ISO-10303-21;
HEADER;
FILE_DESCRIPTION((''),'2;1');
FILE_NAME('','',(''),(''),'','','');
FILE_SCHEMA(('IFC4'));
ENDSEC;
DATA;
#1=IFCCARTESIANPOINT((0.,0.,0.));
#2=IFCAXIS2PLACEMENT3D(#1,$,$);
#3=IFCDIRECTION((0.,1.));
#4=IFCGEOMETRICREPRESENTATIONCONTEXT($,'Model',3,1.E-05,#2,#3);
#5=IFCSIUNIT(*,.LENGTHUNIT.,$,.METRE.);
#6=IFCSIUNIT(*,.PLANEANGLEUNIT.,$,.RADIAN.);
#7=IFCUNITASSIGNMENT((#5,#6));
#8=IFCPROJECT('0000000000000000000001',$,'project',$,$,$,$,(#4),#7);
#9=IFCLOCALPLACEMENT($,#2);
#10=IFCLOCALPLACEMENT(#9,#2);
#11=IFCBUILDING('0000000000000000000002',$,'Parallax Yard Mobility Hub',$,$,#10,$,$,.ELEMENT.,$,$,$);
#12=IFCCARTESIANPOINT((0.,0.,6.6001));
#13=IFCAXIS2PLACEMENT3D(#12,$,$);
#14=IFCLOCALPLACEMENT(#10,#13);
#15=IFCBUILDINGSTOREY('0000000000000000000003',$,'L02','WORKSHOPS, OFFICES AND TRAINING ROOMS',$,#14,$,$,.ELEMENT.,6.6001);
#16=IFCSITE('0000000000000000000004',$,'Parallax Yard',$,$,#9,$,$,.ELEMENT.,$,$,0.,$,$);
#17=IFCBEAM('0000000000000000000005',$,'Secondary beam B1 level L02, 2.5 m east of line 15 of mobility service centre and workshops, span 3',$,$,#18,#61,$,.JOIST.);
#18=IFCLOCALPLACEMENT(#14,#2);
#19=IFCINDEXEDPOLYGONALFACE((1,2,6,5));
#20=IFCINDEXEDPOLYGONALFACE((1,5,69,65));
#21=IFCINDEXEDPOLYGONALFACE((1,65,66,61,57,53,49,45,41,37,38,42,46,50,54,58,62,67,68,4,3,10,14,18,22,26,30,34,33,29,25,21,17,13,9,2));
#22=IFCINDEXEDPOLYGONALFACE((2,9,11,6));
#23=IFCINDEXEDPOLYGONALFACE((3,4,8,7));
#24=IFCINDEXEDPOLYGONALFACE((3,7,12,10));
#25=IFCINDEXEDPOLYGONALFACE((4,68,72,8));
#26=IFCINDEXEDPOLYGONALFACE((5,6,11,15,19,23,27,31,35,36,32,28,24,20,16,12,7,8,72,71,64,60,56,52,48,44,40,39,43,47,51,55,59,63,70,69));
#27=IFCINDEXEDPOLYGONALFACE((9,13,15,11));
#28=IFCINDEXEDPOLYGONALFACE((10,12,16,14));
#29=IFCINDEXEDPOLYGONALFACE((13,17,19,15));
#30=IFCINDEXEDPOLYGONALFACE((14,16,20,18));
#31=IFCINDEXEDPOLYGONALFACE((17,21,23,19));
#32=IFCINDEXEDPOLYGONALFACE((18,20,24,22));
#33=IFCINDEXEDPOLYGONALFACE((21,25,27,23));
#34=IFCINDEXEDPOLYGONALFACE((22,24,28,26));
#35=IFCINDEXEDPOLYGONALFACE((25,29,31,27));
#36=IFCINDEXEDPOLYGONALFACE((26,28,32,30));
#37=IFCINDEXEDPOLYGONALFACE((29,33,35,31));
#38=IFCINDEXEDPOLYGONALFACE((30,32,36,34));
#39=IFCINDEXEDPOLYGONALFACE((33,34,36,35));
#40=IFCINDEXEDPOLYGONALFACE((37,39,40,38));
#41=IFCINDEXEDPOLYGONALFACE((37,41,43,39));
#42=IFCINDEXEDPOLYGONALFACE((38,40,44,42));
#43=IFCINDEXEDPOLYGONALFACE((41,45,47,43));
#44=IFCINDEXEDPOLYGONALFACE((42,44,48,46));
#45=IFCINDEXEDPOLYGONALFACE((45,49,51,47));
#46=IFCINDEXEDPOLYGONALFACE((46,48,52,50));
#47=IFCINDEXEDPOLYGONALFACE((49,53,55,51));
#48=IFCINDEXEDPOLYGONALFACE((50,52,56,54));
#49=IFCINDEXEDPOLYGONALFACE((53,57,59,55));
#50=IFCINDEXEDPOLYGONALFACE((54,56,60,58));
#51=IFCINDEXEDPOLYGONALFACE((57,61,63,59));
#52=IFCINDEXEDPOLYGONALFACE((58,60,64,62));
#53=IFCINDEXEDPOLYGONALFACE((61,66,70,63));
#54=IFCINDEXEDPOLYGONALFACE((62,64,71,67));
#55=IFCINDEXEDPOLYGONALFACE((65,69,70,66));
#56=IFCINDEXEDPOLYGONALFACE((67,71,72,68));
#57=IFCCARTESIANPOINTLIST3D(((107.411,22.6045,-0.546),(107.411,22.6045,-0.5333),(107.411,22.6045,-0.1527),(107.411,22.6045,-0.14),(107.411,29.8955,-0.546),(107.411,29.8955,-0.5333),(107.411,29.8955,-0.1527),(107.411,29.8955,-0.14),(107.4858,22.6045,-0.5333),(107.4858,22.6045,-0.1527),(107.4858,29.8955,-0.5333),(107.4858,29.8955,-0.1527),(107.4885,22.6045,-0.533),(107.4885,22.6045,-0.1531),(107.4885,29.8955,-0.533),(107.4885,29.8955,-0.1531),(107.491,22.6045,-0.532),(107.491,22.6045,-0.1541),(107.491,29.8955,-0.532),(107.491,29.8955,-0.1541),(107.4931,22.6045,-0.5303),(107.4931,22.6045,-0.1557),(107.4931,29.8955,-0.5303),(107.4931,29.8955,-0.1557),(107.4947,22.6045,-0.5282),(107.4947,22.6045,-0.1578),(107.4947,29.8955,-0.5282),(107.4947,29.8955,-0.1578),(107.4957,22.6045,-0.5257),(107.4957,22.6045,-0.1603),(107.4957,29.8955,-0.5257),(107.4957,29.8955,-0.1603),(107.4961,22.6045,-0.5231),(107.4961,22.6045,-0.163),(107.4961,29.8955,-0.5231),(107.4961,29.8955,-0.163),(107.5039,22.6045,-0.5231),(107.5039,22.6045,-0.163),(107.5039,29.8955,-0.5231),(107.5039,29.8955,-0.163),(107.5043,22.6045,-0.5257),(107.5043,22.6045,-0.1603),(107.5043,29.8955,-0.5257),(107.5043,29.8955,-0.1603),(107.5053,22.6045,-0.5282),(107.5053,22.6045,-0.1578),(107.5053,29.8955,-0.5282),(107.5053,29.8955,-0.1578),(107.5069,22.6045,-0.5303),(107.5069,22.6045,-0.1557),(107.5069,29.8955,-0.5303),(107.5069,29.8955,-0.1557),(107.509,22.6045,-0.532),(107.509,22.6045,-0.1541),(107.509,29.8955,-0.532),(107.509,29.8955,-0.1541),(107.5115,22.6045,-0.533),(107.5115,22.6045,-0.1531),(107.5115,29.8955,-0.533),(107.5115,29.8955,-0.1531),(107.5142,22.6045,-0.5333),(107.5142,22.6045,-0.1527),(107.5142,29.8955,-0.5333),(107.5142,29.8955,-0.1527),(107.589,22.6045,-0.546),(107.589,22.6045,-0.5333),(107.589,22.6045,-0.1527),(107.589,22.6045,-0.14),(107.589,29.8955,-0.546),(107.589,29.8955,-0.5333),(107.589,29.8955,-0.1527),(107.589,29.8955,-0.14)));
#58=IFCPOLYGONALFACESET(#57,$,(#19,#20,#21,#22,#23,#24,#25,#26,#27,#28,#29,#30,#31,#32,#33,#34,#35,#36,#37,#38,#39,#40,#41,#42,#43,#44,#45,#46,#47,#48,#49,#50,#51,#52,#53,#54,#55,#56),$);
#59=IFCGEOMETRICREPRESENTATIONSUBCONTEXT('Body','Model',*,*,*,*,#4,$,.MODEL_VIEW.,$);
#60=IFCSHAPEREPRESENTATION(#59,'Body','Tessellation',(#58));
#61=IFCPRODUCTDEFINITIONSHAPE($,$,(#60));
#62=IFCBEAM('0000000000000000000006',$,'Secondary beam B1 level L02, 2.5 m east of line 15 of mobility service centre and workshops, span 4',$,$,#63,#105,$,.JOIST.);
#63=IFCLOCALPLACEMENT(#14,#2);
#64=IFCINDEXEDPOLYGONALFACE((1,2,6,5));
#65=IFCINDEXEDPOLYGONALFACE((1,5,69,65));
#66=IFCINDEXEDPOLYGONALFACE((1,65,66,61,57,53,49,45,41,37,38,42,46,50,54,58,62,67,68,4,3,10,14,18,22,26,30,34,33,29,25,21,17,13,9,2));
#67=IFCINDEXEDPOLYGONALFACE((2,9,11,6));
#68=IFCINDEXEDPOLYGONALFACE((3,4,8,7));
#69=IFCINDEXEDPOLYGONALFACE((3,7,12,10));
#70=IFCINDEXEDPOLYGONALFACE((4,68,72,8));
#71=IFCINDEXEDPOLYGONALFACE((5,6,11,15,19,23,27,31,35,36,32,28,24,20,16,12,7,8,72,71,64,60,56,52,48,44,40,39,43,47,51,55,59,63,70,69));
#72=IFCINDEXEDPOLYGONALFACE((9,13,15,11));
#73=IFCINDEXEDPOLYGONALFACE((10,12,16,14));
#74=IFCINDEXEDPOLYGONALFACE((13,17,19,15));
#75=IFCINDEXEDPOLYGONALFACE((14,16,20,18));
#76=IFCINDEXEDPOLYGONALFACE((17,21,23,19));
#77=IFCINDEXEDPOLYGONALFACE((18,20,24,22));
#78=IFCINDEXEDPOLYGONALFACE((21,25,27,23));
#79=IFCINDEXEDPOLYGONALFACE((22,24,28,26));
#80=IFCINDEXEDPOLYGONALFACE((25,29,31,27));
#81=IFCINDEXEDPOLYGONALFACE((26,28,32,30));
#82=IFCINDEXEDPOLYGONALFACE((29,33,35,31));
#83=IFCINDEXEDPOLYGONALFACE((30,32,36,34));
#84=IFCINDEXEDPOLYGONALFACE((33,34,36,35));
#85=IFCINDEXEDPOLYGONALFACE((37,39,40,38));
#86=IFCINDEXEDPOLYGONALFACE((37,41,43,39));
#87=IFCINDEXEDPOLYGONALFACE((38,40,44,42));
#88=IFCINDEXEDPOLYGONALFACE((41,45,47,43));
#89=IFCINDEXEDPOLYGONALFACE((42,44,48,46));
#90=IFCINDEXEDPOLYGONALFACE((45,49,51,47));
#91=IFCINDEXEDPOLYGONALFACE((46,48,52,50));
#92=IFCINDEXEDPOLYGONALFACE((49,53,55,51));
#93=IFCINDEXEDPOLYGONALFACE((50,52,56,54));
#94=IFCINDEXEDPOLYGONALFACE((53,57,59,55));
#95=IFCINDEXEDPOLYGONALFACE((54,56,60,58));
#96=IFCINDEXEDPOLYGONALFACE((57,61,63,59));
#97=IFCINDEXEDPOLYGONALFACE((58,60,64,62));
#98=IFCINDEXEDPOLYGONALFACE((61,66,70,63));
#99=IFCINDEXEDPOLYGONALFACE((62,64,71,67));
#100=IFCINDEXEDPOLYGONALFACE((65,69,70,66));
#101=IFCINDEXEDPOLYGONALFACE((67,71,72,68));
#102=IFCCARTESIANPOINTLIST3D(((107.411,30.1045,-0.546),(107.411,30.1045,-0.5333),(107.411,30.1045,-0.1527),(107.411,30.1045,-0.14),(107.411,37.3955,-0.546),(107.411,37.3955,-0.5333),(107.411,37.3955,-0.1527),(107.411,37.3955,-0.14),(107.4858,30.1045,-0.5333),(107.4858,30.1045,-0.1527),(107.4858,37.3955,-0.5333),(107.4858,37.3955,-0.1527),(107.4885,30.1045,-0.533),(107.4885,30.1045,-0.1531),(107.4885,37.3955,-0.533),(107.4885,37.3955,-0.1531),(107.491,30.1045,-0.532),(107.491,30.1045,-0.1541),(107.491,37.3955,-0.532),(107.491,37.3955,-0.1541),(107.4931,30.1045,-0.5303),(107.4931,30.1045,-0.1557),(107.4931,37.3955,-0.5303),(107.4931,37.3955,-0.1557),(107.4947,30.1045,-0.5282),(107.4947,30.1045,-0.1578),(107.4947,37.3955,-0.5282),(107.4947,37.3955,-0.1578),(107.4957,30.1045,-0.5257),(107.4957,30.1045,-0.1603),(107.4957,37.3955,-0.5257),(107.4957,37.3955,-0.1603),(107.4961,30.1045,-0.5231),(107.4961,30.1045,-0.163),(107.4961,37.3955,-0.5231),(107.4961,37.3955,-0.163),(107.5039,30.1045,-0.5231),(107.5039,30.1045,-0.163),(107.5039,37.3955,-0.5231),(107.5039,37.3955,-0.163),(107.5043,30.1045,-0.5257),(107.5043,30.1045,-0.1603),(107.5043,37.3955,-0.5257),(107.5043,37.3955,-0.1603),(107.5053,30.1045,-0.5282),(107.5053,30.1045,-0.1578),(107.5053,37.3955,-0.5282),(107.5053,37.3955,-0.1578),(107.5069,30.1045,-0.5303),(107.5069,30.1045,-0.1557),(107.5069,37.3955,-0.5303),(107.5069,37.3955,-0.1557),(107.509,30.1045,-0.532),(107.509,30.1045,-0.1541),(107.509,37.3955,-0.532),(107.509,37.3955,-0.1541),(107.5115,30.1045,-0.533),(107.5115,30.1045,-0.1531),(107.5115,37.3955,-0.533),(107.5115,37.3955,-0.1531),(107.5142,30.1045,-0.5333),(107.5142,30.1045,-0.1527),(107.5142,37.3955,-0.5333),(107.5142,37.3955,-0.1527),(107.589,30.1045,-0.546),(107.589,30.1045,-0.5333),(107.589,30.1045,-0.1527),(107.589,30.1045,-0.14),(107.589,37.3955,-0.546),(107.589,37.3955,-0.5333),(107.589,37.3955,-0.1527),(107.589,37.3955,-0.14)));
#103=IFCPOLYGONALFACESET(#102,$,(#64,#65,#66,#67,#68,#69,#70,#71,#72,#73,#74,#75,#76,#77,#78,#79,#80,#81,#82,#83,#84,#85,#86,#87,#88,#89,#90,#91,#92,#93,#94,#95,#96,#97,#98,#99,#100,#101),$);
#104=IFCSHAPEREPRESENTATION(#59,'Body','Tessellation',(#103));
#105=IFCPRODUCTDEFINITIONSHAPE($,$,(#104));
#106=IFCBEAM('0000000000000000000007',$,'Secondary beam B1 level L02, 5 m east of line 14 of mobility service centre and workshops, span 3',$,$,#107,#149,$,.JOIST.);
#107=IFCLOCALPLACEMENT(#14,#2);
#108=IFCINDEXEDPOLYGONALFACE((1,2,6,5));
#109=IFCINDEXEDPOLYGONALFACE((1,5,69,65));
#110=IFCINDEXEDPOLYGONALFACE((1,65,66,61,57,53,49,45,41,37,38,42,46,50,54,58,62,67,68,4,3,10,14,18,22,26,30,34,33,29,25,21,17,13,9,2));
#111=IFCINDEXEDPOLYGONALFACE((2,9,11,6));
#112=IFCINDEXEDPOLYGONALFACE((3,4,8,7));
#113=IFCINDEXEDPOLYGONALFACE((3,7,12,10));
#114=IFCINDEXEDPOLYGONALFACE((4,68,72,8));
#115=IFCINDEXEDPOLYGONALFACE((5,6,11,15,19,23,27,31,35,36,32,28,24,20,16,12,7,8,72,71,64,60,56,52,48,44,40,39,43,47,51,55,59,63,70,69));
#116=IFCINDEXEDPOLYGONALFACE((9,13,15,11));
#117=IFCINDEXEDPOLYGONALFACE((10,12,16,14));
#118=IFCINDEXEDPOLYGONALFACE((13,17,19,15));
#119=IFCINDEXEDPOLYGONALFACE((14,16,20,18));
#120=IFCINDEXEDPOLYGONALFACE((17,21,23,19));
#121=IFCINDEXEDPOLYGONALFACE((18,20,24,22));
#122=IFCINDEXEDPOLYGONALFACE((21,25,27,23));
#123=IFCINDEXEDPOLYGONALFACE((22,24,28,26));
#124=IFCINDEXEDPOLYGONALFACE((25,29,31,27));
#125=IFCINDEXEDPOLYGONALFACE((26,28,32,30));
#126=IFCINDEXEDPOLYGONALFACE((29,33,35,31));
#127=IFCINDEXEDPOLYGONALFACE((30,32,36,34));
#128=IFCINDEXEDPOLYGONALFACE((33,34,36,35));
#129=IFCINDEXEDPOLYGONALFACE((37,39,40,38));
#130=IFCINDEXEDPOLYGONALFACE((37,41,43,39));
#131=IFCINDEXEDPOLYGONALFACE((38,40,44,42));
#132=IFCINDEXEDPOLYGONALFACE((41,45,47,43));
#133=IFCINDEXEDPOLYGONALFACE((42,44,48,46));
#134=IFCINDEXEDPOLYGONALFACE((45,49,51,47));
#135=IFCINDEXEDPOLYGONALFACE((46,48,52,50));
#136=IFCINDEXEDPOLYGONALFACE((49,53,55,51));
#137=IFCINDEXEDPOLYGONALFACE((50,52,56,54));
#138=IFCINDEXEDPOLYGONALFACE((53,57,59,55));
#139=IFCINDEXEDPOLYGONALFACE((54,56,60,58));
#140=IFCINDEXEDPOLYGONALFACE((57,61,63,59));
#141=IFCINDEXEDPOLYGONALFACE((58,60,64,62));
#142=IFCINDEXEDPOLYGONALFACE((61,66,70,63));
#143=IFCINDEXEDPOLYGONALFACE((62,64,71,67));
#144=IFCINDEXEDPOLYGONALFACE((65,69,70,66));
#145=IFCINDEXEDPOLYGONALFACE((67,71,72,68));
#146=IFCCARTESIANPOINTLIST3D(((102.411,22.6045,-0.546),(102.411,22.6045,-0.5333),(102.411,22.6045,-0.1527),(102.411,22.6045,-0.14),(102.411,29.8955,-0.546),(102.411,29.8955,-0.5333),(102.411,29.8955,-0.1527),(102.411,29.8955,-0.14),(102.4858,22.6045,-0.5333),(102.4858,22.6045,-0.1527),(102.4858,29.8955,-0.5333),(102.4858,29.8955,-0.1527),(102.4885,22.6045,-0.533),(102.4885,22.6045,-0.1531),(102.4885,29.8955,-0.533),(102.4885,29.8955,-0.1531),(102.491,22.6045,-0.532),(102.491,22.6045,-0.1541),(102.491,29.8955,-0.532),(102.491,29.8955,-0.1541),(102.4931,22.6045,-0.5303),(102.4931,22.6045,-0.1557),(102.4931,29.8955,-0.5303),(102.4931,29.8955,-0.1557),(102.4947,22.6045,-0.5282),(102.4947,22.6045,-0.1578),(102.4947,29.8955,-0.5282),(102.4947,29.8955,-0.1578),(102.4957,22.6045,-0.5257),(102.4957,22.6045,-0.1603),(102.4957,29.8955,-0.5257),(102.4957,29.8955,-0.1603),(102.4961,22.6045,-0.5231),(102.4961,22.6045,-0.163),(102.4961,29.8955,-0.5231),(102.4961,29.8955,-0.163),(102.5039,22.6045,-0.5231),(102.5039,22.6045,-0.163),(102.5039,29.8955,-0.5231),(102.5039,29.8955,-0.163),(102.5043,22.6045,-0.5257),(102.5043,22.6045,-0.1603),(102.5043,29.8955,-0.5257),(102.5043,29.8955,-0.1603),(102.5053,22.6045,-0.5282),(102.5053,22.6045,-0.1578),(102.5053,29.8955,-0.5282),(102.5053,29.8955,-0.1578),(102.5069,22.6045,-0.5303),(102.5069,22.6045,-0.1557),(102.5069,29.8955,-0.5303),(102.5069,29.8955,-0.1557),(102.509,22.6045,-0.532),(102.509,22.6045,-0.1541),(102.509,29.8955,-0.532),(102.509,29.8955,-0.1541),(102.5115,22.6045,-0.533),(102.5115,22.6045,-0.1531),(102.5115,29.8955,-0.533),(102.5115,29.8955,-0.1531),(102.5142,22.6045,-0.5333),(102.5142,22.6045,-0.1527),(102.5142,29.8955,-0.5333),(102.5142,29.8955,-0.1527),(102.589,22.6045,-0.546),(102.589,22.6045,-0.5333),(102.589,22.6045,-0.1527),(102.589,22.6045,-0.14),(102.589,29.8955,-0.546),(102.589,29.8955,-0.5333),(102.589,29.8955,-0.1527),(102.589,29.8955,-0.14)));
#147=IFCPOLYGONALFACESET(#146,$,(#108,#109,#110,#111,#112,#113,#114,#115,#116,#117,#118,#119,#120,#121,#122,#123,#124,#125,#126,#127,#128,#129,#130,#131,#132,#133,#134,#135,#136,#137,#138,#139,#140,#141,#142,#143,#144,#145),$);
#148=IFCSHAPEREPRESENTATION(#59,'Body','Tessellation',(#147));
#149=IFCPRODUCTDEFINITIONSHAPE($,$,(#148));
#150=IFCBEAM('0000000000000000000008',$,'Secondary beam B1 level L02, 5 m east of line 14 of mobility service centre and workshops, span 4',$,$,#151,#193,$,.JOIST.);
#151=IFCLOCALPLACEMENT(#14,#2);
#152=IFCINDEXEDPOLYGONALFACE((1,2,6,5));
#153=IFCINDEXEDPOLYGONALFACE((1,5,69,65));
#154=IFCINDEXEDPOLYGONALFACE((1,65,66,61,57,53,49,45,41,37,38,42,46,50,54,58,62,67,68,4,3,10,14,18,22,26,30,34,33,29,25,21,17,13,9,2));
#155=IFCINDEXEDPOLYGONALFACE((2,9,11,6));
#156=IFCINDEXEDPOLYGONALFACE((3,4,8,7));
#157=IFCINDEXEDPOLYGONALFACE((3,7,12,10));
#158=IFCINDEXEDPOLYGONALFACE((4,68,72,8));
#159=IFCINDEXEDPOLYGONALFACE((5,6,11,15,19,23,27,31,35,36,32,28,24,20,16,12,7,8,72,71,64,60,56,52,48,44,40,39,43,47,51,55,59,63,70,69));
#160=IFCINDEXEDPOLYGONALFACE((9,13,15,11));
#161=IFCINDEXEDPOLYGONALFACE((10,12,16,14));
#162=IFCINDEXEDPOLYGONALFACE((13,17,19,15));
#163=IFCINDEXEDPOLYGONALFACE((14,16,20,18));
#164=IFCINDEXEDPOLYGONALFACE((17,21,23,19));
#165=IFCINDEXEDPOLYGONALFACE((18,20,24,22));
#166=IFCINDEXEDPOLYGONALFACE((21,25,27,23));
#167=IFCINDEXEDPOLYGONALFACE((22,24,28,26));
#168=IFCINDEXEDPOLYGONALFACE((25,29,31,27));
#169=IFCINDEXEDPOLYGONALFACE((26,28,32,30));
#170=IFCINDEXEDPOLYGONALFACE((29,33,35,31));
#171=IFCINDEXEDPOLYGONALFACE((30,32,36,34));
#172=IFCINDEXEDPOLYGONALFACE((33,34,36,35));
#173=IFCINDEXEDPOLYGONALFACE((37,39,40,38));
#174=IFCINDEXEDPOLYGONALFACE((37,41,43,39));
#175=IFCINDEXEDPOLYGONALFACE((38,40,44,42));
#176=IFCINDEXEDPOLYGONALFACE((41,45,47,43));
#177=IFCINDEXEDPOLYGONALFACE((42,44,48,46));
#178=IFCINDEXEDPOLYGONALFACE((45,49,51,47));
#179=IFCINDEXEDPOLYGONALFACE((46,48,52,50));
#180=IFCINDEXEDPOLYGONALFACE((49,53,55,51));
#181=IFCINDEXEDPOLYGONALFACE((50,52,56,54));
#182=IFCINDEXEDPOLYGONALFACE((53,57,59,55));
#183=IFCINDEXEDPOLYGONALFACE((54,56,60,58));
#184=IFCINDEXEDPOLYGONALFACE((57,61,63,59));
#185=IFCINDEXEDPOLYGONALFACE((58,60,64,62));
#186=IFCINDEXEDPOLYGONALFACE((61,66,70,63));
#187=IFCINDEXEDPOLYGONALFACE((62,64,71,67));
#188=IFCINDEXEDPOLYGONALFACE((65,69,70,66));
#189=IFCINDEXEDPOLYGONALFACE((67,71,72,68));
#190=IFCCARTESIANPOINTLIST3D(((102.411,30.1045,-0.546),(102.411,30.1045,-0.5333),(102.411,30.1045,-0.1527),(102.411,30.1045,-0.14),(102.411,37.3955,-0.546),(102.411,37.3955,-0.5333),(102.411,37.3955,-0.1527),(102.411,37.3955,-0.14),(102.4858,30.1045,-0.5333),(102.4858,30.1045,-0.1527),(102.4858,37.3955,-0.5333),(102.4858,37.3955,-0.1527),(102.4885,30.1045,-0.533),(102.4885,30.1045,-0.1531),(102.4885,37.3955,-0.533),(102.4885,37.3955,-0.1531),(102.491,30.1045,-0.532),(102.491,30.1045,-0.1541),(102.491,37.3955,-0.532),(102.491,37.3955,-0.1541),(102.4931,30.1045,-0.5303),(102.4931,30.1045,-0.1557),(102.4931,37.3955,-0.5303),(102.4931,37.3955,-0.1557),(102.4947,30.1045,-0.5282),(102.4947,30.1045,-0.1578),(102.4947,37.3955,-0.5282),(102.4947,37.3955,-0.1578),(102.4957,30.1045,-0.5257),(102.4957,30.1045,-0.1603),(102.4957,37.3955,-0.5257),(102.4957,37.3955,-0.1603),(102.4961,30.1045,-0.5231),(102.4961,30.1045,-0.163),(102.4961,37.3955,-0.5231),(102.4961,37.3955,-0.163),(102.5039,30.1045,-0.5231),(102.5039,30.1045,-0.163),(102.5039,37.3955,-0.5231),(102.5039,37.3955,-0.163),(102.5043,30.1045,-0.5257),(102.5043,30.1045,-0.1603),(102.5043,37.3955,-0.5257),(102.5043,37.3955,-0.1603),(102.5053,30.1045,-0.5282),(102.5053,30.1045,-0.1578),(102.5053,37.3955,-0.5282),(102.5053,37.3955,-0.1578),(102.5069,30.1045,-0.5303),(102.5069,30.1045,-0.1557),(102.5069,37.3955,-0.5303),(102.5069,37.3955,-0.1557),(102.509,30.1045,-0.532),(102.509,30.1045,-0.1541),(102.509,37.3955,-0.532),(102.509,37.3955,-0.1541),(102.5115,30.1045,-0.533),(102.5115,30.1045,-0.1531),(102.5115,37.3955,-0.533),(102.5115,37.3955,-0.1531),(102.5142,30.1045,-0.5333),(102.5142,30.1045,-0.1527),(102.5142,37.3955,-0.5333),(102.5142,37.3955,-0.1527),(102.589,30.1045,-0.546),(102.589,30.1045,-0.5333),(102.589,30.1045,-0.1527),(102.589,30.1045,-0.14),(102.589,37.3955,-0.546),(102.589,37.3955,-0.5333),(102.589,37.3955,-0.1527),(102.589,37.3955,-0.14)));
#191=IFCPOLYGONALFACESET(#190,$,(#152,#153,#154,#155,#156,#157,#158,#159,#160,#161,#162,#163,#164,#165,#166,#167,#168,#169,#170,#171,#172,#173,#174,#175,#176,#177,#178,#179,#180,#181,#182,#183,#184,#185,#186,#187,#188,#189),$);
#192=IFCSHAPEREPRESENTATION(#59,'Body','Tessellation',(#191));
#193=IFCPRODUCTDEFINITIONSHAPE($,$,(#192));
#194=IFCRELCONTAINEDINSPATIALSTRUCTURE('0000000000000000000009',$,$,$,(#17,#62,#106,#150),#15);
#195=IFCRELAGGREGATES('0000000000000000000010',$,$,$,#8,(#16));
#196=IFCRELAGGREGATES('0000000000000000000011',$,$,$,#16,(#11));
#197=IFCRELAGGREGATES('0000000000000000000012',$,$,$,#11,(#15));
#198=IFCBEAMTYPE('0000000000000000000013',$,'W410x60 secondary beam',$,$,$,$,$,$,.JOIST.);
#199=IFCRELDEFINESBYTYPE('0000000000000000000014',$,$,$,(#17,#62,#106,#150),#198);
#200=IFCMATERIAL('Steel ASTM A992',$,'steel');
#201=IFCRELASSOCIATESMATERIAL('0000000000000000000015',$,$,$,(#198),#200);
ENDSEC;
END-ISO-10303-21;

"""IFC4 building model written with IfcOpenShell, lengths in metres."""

from ifc_helpers import new_model, si_unit, direction, frame, origin, origin_2d, place, context, subcontext, project, spatial, i_section, extrude, material, material_profile, profile_set, type_object, element, save


model = new_model("IFC4")

# Units and contexts
model_context = context("Model", 3, precision=1e-05, world=origin(), true_north=direction((0.0, 1.0)))
body_context = subcontext(model_context, "Body", "Model", "MODEL_VIEW")
ifc_project = project(units=[si_unit("LENGTHUNIT", "METRE"), si_unit("PLANEANGLEUNIT", "RADIAN")], contexts=[model_context])

# Site, building, storey
site_placement = place(None, origin())
site = spatial("IfcSite", under=ifc_project, at=site_placement, Name="Parallax Yard", CompositionType="ELEMENT", RefElevation=0.0)
building_placement = place(site_placement, origin())
building = spatial("IfcBuilding", under=site, at=building_placement, Name="Parallax Yard Mobility Hub", CompositionType="ELEMENT")
storey_placement = place(building_placement, frame((0.0, 0.0, 6.6001)))
storey = spatial("IfcBuildingStorey", under=building, at=storey_placement, Name="L02", Description="WORKSHOPS, OFFICES AND TRAINING ROOMS", CompositionType="ELEMENT", Elevation=6.6001)

# Shared definitions
ifc_material_1 = material(Name="Steel ASTM A992", Category="steel")

# Beams
ifc_material_profile_1 = material_profile(ifc_material_1, i_section(OverallWidth=0.178, OverallDepth=0.406, WebThickness=0.0078, FlangeThickness=0.0127, FilletRadius=0.0103, at=origin_2d()), Name="W410x60")
ifc_profile_set_1 = profile_set([ifc_material_profile_1], Name="Steel ASTM A992")
beam_type_1 = type_object("IfcBeamType", Name="W410x60 secondary beam", PredefinedType="JOIST", material=ifc_profile_set_1)
for number, where, z_axis, x_axis, name in (
    (1, (107.5, 22.6045, -0.343), (0.0, 1.0, 0.0), (-1.0, 0.0, 0.0), "Secondary beam B1 level L02, 2.5 m east of line 15 of mobility service centre and workshops, span 3"),
    (2, (107.5, 30.1045, -0.343), (0.0, 1.0, 0.0), (-1.0, 0.0, 0.0), "Secondary beam B1 level L02, 2.5 m east of line 15 of mobility service centre and workshops, span 4"),
    (3, (102.5, 22.6045, -0.343), (0.0, 1.0, 0.0), (-1.0, 0.0, 0.0), "Secondary beam B1 level L02, 5 m east of line 14 of mobility service centre and workshops, span 3"),
    (4, (102.5, 30.1045, -0.343), (0.0, 1.0, 0.0), (-1.0, 0.0, 0.0), "Secondary beam B1 level L02, 5 m east of line 14 of mobility service centre and workshops, span 4"),
):
    element("IfcBeam", number, at=place(storey_placement, frame(where, z_axis=z_axis, x_axis=x_axis)), inside=storey, type_object=beam_type_1, Name=name, PredefinedType="JOIST", context=body_context, shape_type="SweptSolid", body=[
        extrude(i_section(OverallWidth=0.178, OverallDepth=0.406, WebThickness=0.0078, FlangeThickness=0.0127, FilletRadius=0.0103, at=origin_2d()), origin(), (0.0, 0.0, 1.0), 7.291),
    ])

save(model, "model.ifc")
